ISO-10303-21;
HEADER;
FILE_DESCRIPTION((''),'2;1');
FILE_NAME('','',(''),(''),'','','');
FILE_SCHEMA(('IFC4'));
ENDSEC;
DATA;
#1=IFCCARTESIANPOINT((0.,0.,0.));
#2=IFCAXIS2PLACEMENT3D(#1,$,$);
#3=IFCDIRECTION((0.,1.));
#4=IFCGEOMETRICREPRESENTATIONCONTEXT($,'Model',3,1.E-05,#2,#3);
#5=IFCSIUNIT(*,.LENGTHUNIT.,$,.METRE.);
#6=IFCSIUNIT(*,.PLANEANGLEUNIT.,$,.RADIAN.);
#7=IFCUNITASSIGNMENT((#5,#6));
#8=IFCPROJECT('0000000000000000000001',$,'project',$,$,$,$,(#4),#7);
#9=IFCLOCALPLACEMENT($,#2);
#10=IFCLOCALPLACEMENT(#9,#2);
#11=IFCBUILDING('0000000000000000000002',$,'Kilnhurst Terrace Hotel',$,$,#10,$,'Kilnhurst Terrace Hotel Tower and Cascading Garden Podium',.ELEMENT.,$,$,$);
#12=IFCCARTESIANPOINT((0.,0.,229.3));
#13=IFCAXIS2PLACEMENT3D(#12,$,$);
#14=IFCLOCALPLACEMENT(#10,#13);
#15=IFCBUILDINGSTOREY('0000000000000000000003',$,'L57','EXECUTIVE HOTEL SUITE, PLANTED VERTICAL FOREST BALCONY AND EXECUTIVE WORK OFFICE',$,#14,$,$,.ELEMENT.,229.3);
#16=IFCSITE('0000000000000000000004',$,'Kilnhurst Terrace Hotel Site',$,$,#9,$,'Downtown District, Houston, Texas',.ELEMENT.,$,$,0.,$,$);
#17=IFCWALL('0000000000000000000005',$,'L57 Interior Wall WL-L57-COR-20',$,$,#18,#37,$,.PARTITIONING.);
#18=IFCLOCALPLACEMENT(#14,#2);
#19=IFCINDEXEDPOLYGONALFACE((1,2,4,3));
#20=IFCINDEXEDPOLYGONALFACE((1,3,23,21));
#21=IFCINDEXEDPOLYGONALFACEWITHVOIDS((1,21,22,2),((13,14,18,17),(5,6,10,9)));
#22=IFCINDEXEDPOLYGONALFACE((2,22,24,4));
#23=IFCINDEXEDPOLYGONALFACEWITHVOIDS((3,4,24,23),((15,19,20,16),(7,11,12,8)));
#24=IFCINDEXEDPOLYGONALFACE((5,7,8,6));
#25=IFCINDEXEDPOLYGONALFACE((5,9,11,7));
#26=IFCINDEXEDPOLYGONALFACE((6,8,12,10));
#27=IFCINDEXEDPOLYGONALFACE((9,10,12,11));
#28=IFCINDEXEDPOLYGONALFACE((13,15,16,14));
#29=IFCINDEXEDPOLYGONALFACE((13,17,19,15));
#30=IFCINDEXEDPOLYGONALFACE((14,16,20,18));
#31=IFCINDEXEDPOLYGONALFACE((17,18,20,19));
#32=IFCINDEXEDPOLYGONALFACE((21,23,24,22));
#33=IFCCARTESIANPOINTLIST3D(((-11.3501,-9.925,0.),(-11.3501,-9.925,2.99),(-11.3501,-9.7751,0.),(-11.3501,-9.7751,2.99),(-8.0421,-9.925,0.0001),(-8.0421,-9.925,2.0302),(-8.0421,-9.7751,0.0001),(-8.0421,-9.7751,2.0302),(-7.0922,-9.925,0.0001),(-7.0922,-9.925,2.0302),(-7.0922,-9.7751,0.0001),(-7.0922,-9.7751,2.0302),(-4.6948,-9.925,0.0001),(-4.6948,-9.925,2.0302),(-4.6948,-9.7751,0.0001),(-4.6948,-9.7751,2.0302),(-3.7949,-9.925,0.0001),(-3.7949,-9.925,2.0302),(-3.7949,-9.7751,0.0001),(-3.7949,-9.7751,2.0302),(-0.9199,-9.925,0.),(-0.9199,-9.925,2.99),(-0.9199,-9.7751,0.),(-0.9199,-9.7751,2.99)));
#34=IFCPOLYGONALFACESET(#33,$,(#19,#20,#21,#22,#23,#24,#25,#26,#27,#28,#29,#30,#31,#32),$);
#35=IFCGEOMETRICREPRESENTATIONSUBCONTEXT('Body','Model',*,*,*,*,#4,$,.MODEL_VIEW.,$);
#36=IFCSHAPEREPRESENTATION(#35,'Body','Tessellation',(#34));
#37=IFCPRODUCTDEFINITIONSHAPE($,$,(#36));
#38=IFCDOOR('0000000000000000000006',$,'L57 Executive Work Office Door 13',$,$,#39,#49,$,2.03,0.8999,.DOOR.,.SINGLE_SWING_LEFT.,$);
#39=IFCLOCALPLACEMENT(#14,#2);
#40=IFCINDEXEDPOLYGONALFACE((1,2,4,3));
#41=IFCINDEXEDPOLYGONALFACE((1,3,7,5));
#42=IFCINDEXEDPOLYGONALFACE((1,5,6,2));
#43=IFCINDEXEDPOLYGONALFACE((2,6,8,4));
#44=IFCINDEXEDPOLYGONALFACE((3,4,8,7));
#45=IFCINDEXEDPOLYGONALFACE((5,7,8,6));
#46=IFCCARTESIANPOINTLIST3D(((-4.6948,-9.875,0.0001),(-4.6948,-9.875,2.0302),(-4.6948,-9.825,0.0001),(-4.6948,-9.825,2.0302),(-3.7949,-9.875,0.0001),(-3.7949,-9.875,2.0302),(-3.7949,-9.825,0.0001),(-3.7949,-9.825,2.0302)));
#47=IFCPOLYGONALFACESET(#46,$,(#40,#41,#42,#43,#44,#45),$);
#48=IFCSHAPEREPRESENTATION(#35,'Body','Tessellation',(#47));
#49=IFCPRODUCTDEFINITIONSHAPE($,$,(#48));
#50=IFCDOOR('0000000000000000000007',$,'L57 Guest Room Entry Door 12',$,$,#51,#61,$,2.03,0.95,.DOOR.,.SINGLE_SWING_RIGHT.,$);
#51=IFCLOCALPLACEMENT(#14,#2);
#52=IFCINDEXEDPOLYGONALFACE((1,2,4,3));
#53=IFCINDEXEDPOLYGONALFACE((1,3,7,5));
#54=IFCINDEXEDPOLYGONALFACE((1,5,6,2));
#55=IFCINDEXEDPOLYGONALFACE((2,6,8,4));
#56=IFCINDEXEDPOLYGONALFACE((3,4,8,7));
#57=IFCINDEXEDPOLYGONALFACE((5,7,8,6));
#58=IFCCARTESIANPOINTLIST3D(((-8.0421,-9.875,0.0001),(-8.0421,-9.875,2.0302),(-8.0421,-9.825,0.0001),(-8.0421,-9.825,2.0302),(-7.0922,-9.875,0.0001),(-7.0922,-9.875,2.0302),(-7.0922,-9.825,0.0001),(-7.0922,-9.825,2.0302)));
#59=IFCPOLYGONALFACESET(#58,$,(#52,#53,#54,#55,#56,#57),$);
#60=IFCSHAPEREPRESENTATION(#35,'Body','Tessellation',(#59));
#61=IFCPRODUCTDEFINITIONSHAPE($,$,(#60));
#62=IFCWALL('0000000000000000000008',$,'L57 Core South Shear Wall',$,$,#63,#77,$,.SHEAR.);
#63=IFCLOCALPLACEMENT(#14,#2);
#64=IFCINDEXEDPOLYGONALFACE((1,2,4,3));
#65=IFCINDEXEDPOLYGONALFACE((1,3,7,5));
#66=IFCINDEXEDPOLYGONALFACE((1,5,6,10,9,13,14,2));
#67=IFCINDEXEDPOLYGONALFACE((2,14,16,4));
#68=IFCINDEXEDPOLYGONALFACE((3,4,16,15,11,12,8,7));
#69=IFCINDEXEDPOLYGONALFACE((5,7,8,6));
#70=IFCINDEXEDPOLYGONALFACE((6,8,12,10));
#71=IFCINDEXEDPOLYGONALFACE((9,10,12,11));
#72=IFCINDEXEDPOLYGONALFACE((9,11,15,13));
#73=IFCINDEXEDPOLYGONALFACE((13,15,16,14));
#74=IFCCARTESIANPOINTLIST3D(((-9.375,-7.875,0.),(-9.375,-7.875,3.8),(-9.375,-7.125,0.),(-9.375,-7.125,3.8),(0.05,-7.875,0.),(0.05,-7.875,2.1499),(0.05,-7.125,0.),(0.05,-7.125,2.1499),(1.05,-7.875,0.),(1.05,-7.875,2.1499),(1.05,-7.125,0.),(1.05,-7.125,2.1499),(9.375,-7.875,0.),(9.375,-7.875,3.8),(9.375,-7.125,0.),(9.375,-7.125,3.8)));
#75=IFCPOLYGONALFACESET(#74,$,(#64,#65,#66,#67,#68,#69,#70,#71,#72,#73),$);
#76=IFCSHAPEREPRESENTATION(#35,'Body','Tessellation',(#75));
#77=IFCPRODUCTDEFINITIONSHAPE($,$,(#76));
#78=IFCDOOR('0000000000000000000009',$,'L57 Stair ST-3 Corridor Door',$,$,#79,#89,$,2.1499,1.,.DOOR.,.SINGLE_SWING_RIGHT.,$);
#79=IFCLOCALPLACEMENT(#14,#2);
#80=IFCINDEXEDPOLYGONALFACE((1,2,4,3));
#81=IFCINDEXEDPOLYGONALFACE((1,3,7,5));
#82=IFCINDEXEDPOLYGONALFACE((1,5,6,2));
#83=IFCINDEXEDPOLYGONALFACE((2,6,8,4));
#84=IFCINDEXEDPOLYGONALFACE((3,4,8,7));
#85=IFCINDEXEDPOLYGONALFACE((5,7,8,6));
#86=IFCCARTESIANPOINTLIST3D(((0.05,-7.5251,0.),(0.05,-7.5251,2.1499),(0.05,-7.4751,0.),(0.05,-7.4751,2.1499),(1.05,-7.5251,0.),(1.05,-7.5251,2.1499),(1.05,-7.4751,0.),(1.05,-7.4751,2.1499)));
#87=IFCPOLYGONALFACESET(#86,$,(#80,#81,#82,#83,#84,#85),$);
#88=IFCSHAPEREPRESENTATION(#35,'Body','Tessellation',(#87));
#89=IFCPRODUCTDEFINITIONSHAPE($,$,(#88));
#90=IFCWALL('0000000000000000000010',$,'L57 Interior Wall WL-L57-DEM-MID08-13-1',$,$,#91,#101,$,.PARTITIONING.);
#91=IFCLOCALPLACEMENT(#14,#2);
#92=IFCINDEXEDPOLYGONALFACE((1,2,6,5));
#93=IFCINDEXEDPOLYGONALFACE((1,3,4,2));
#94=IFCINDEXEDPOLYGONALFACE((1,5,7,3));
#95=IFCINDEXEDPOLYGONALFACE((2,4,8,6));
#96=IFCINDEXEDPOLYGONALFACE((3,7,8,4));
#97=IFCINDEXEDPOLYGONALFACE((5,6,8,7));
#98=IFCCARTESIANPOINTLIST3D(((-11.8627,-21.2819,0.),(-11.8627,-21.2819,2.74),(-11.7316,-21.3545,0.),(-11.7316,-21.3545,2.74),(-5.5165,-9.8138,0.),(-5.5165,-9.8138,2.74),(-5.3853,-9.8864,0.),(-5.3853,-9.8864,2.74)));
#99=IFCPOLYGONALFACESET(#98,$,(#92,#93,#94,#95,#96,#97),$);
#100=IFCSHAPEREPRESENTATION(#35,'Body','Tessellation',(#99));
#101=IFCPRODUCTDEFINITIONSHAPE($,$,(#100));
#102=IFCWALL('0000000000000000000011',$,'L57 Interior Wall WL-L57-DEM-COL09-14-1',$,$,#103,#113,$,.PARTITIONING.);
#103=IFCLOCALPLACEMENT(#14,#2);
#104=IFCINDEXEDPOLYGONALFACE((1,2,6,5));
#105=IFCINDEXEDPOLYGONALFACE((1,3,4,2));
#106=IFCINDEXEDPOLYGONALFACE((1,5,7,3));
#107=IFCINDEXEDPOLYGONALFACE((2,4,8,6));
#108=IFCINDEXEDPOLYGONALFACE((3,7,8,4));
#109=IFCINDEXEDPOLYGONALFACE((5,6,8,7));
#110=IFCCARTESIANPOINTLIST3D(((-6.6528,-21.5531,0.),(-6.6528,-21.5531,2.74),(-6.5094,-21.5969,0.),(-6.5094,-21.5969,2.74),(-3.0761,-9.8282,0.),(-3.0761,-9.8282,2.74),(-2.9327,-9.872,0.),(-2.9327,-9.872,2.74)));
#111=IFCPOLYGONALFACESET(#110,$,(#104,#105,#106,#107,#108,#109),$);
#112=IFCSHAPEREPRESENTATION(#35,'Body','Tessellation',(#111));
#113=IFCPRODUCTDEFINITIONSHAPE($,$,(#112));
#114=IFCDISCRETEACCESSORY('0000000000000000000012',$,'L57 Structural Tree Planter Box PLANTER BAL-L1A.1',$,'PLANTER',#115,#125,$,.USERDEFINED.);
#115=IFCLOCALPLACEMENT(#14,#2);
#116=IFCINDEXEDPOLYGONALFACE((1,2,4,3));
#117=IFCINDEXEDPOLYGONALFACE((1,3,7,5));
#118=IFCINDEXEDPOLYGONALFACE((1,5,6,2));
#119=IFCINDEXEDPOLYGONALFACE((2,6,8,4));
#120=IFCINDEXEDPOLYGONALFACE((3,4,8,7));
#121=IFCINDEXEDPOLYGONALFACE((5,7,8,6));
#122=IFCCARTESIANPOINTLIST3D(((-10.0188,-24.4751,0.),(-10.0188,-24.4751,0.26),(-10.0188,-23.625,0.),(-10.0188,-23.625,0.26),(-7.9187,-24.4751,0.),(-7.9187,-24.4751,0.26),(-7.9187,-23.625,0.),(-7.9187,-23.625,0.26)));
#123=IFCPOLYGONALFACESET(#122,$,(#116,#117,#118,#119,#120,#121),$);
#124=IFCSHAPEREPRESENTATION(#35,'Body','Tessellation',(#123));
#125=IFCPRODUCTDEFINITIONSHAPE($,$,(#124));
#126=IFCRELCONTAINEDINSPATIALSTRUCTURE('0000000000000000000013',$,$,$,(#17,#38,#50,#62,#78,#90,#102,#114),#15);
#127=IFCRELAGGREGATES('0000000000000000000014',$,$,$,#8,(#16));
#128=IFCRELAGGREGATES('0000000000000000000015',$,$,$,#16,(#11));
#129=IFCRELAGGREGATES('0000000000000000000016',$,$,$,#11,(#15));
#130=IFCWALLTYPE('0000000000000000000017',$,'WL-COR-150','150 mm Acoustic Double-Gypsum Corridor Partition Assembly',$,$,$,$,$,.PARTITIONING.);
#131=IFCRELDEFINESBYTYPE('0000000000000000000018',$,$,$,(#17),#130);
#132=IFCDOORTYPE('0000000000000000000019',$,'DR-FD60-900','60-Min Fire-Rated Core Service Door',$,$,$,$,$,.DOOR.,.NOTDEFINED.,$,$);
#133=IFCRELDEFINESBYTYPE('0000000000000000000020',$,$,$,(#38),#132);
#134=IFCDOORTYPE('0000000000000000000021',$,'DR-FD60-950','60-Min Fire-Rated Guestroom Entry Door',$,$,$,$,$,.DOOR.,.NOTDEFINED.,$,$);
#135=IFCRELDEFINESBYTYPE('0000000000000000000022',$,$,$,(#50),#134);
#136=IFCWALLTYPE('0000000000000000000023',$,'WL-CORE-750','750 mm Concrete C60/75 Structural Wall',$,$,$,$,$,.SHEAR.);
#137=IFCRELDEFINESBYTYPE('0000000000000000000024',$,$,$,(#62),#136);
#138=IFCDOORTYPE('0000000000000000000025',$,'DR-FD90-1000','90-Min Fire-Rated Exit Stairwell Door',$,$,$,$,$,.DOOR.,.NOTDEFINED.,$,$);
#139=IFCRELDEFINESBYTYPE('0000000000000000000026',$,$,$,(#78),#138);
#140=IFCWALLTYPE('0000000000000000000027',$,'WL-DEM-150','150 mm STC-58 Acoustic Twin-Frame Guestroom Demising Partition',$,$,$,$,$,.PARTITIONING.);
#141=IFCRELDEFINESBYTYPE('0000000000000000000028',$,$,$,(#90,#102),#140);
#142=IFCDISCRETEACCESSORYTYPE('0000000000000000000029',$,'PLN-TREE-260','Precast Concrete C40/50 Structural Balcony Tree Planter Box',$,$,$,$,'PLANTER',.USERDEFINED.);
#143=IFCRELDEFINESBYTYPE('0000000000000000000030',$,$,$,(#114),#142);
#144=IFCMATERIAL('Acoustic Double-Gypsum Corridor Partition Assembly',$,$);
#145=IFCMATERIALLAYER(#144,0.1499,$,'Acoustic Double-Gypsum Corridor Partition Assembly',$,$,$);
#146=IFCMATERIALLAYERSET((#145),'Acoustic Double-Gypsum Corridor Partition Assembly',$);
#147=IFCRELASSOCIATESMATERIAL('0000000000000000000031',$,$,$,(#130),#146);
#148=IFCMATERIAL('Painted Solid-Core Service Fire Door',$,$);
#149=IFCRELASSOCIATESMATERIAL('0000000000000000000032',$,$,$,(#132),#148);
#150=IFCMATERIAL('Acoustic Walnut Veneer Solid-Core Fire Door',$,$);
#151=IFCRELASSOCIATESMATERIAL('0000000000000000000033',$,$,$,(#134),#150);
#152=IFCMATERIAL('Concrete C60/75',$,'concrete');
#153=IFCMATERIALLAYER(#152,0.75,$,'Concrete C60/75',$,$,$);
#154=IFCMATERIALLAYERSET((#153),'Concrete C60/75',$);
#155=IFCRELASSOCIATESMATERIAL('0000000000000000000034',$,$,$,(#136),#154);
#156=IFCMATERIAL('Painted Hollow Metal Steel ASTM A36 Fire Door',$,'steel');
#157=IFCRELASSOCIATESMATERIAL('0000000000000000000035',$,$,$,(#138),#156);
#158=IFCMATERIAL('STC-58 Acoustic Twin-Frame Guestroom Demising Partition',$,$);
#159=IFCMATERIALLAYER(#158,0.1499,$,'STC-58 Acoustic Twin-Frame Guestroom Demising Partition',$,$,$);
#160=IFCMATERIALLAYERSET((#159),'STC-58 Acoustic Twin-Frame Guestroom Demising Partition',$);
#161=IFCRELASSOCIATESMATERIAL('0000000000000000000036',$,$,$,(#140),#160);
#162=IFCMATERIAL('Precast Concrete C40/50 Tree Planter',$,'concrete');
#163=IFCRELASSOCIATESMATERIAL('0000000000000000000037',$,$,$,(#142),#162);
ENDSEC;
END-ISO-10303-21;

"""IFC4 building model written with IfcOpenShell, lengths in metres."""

from ifc_helpers import new_model, si_unit, direction, frame, frame_2d, origin, origin_2d, place, context, subcontext, project, spatial, rectangle, extrude, material, layer, layer_set, type_object, element, fill, save


model = new_model("IFC4")

# Units and contexts
model_context = context("Model", 3, precision=1e-05, world=origin(), true_north=direction((0.0, 1.0)))
body_context = subcontext(model_context, "Body", "Model", "MODEL_VIEW")
ifc_project = project(units=[si_unit("LENGTHUNIT", "METRE"), si_unit("PLANEANGLEUNIT", "RADIAN")], contexts=[model_context])

# Site, building, storey
site_placement = place(None, origin())
site = spatial("IfcSite", under=ifc_project, at=site_placement, Name="Kilnhurst Terrace Hotel Site", LongName="Downtown District, Houston, Texas", CompositionType="ELEMENT", RefElevation=0.0)
building_placement = place(site_placement, origin())
building = spatial("IfcBuilding", under=site, at=building_placement, Name="Kilnhurst Terrace Hotel", LongName="Kilnhurst Terrace Hotel Tower and Cascading Garden Podium", CompositionType="ELEMENT")
storey_placement = place(building_placement, frame((0.0, 0.0, 229.3)))
storey = spatial("IfcBuildingStorey", under=building, at=storey_placement, Name="L57", Description="EXECUTIVE HOTEL SUITE, PLANTED VERTICAL FOREST BALCONY AND EXECUTIVE WORK OFFICE", CompositionType="ELEMENT", Elevation=229.3)

# Shared definitions
ifc_material_1 = material(Name="Concrete C60/75", Category="concrete")

# Shared definitions
ifc_material_2 = material(Name="Acoustic Double-Gypsum Corridor Partition Assembly")
ifc_layer_1 = layer(ifc_material_2, 0.1499, Name="Acoustic Double-Gypsum Corridor Partition Assembly")
ifc_layer_set_1 = layer_set([ifc_layer_1], Name="Acoustic Double-Gypsum Corridor Partition Assembly")
wall_type_1 = type_object("IfcWallType", Name="WL-COR-150", Description="150 mm Acoustic Double-Gypsum Corridor Partition Assembly", PredefinedType="PARTITIONING", material=ifc_layer_set_1)

# Wall, openings, doors
wall_1_placement = place(storey_placement, frame((-0.9199, -9.8501, 0.0), z_axis=(0.0, 0.0, 1.0), x_axis=(-1.0, 0.0, 0.0)))
wall_1 = element("IfcWall", 1, at=wall_1_placement, inside=storey, type_object=wall_type_1, Name="L57 Interior Wall WL-L57-COR-20", PredefinedType="PARTITIONING", context=body_context, shape_type="SweptSolid", body=[
    extrude(rectangle(XDim=10.4302, YDim=0.1499, at=frame_2d((5.2151, 0.0))), origin(), (0.0, 0.0, 1.0), 2.99),
])
opening_1_placement = place(wall_1_placement, frame((6.1721, 0.0, 0.0)))
opening_1 = element("IfcOpeningElement", 2, at=opening_1_placement, cuts=wall_1, PredefinedType="OPENING", context=body_context, shape_type="SweptSolid", body=[
    extrude(rectangle(XDim=0.95, YDim=2.03, at=frame_2d((0.4751, 1.0151))), frame((0.0, 0.085, 0.0), z_axis=(0.0, -1.0, 0.0), x_axis=(1.0, 0.0, 0.0)), (0.0, 0.0, 1.0), 0.1699),
])
opening_2_placement = place(wall_1_placement, frame((2.875, 0.0, 0.0)))
opening_2 = element("IfcOpeningElement", 3, at=opening_2_placement, cuts=wall_1, PredefinedType="OPENING", context=body_context, shape_type="SweptSolid", body=[
    extrude(rectangle(XDim=0.8999, YDim=2.03, at=frame_2d((0.45, 1.0151))), frame((0.0, 0.085, 0.0), z_axis=(0.0, -1.0, 0.0), x_axis=(1.0, 0.0, 0.0)), (0.0, 0.0, 1.0), 0.1699),
])
ifc_material_3 = material(Name="Painted Solid-Core Service Fire Door")
door_type_1 = type_object("IfcDoorType", Name="DR-FD60-900", Description="60-Min Fire-Rated Core Service Door", OperationType="NOTDEFINED", PredefinedType="DOOR", material=ifc_material_3)
door_1_placement = place(opening_2_placement, origin())
door_1 = element("IfcDoor", 4, at=door_1_placement, inside=storey, type_object=door_type_1, Name="L57 Executive Work Office Door 13", OperationType="SINGLE_SWING_LEFT", OverallHeight=2.03, OverallWidth=0.8999, PredefinedType="DOOR", context=body_context, shape_type="SweptSolid", body=[
    extrude(rectangle(XDim=0.8999, YDim=2.03, at=frame_2d((0.45, 1.0151))), frame((0.0, 0.0249, 0.0), z_axis=(0.0, -1.0, 0.0), x_axis=(1.0, 0.0, 0.0)), (0.0, 0.0, 1.0), 0.05),
])
fill(opening_2, door_1)
ifc_material_4 = material(Name="Acoustic Walnut Veneer Solid-Core Fire Door")
door_type_2 = type_object("IfcDoorType", Name="DR-FD60-950", Description="60-Min Fire-Rated Guestroom Entry Door", OperationType="NOTDEFINED", PredefinedType="DOOR", material=ifc_material_4)
door_2_placement = place(opening_1_placement, origin())
door_2 = element("IfcDoor", 5, at=door_2_placement, inside=storey, type_object=door_type_2, Name="L57 Guest Room Entry Door 12", OperationType="SINGLE_SWING_RIGHT", OverallHeight=2.03, OverallWidth=0.95, PredefinedType="DOOR", context=body_context, shape_type="SweptSolid", body=[
    extrude(rectangle(XDim=0.95, YDim=2.03, at=frame_2d((0.4751, 1.0151))), frame((0.0, 0.0249, 0.0), z_axis=(0.0, -1.0, 0.0), x_axis=(1.0, 0.0, 0.0)), (0.0, 0.0, 1.0), 0.05),
])
fill(opening_1, door_2)

# Wall, opening, door
ifc_layer_2 = layer(ifc_material_1, 0.75, Name="Concrete C60/75")
ifc_layer_set_2 = layer_set([ifc_layer_2], Name="Concrete C60/75")
wall_type_2 = type_object("IfcWallType", Name="WL-CORE-750", Description="750 mm Concrete C60/75 Structural Wall", PredefinedType="SHEAR", material=ifc_layer_set_2)
wall_2_placement = place(storey_placement, frame((-9.375, -7.5, 0.0), z_axis=(0.0, 0.0, 1.0), x_axis=(1.0, 0.0, 0.0)))
wall_2 = element("IfcWall", 6, at=wall_2_placement, inside=storey, type_object=wall_type_2, Name="L57 Core South Shear Wall", PredefinedType="SHEAR", context=body_context, shape_type="SweptSolid", body=[
    extrude(rectangle(XDim=18.75, YDim=0.75, at=frame_2d((9.375, 0.0))), origin(), (0.0, 0.0, 1.0), 3.8),
])
opening_3_placement = place(wall_2_placement, frame((9.425, 0.0, 0.0)))
opening_3 = element("IfcOpeningElement", 7, at=opening_3_placement, cuts=wall_2, PredefinedType="OPENING", context=body_context, shape_type="SweptSolid", body=[
    extrude(rectangle(XDim=1.0, YDim=2.1499, at=frame_2d((0.5, 1.075))), frame((0.0, 0.385, 0.0), z_axis=(0.0, -1.0, 0.0), x_axis=(1.0, 0.0, 0.0)), (0.0, 0.0, 1.0), 0.77),
])
ifc_material_5 = material(Name="Painted Hollow Metal Steel ASTM A36 Fire Door", Category="steel")
door_type_3 = type_object("IfcDoorType", Name="DR-FD90-1000", Description="90-Min Fire-Rated Exit Stairwell Door", OperationType="NOTDEFINED", PredefinedType="DOOR", material=ifc_material_5)
door_3_placement = place(opening_3_placement, origin())
door_3 = element("IfcDoor", 8, at=door_3_placement, inside=storey, type_object=door_type_3, Name="L57 Stair ST-3 Corridor Door", OperationType="SINGLE_SWING_RIGHT", OverallHeight=2.1499, OverallWidth=1.0, PredefinedType="DOOR", context=body_context, shape_type="SweptSolid", body=[
    extrude(rectangle(XDim=1.0, YDim=2.1499, at=frame_2d((0.5, 1.075))), frame((0.0, 0.0249, 0.0), z_axis=(0.0, -1.0, 0.0), x_axis=(1.0, 0.0, 0.0)), (0.0, 0.0, 1.0), 0.05),
])
fill(opening_3, door_3)

# Walls
ifc_material_6 = material(Name="STC-58 Acoustic Twin-Frame Guestroom Demising Partition")
ifc_layer_3 = layer(ifc_material_6, 0.1499, Name="STC-58 Acoustic Twin-Frame Guestroom Demising Partition")
ifc_layer_set_3 = layer_set([ifc_layer_3], Name="STC-58 Acoustic Twin-Frame Guestroom Demising Partition")
wall_type_3 = type_object("IfcWallType", Name="WL-DEM-150", Description="150 mm STC-58 Acoustic Twin-Frame Guestroom Demising Partition", PredefinedType="PARTITIONING", material=ifc_layer_set_3)
wall_3_placement = place(storey_placement, frame((-5.4509, -9.8501, 0.0), z_axis=(0.0, 0.0, 1.0), x_axis=(-0.484189, -0.874964, 0.0)))
element("IfcWall", 9, at=wall_3_placement, inside=storey, type_object=wall_type_3, Name="L57 Interior Wall WL-L57-DEM-MID08-13-1", PredefinedType="PARTITIONING", context=body_context, shape_type="SweptSolid", body=[
    extrude(rectangle(XDim=13.1069, YDim=0.1499, at=frame_2d((6.5535, 0.0))), origin(), (0.0, 0.0, 1.0), 2.74),
])
wall_4_placement = place(storey_placement, frame((-3.0044, -9.8501, 0.0), z_axis=(0.0, 0.0, 1.0), x_axis=(-0.291776, -0.956487, 0.0)))
element("IfcWall", 10, at=wall_4_placement, inside=storey, type_object=wall_type_3, Name="L57 Interior Wall WL-L57-DEM-COL09-14-1", PredefinedType="PARTITIONING", context=body_context, shape_type="SweptSolid", body=[
    extrude(rectangle(XDim=12.2583, YDim=0.1499, at=frame_2d((6.1292, 0.0))), origin(), (0.0, 0.0, 1.0), 2.74),
])

# Discrete accessory
ifc_material_7 = material(Name="Precast Concrete C40/50 Tree Planter", Category="concrete")
discrete_accessory_type = type_object("IfcDiscreteAccessoryType", Name="PLN-TREE-260", Description="Precast Concrete C40/50 Structural Balcony Tree Planter Box", ElementType="PLANTER", PredefinedType="USERDEFINED", material=ifc_material_7)
discrete_accessory_placement = place(storey_placement, frame((-8.9688, -24.05, 0.0), z_axis=(0.0, 0.0, 1.0), x_axis=(1.0, 0.0, 0.0)))
element("IfcDiscreteAccessory", 11, at=discrete_accessory_placement, inside=storey, type_object=discrete_accessory_type, Name="L57 Structural Tree Planter Box PLANTER BAL-L1A.1", ObjectType="PLANTER", PredefinedType="USERDEFINED", context=body_context, shape_type="SweptSolid", body=[
    extrude(rectangle(XDim=2.1001, YDim=0.8501, at=origin_2d()), origin(), (0.0, 0.0, 1.0), 0.26),
])

save(model, "model.ifc")
